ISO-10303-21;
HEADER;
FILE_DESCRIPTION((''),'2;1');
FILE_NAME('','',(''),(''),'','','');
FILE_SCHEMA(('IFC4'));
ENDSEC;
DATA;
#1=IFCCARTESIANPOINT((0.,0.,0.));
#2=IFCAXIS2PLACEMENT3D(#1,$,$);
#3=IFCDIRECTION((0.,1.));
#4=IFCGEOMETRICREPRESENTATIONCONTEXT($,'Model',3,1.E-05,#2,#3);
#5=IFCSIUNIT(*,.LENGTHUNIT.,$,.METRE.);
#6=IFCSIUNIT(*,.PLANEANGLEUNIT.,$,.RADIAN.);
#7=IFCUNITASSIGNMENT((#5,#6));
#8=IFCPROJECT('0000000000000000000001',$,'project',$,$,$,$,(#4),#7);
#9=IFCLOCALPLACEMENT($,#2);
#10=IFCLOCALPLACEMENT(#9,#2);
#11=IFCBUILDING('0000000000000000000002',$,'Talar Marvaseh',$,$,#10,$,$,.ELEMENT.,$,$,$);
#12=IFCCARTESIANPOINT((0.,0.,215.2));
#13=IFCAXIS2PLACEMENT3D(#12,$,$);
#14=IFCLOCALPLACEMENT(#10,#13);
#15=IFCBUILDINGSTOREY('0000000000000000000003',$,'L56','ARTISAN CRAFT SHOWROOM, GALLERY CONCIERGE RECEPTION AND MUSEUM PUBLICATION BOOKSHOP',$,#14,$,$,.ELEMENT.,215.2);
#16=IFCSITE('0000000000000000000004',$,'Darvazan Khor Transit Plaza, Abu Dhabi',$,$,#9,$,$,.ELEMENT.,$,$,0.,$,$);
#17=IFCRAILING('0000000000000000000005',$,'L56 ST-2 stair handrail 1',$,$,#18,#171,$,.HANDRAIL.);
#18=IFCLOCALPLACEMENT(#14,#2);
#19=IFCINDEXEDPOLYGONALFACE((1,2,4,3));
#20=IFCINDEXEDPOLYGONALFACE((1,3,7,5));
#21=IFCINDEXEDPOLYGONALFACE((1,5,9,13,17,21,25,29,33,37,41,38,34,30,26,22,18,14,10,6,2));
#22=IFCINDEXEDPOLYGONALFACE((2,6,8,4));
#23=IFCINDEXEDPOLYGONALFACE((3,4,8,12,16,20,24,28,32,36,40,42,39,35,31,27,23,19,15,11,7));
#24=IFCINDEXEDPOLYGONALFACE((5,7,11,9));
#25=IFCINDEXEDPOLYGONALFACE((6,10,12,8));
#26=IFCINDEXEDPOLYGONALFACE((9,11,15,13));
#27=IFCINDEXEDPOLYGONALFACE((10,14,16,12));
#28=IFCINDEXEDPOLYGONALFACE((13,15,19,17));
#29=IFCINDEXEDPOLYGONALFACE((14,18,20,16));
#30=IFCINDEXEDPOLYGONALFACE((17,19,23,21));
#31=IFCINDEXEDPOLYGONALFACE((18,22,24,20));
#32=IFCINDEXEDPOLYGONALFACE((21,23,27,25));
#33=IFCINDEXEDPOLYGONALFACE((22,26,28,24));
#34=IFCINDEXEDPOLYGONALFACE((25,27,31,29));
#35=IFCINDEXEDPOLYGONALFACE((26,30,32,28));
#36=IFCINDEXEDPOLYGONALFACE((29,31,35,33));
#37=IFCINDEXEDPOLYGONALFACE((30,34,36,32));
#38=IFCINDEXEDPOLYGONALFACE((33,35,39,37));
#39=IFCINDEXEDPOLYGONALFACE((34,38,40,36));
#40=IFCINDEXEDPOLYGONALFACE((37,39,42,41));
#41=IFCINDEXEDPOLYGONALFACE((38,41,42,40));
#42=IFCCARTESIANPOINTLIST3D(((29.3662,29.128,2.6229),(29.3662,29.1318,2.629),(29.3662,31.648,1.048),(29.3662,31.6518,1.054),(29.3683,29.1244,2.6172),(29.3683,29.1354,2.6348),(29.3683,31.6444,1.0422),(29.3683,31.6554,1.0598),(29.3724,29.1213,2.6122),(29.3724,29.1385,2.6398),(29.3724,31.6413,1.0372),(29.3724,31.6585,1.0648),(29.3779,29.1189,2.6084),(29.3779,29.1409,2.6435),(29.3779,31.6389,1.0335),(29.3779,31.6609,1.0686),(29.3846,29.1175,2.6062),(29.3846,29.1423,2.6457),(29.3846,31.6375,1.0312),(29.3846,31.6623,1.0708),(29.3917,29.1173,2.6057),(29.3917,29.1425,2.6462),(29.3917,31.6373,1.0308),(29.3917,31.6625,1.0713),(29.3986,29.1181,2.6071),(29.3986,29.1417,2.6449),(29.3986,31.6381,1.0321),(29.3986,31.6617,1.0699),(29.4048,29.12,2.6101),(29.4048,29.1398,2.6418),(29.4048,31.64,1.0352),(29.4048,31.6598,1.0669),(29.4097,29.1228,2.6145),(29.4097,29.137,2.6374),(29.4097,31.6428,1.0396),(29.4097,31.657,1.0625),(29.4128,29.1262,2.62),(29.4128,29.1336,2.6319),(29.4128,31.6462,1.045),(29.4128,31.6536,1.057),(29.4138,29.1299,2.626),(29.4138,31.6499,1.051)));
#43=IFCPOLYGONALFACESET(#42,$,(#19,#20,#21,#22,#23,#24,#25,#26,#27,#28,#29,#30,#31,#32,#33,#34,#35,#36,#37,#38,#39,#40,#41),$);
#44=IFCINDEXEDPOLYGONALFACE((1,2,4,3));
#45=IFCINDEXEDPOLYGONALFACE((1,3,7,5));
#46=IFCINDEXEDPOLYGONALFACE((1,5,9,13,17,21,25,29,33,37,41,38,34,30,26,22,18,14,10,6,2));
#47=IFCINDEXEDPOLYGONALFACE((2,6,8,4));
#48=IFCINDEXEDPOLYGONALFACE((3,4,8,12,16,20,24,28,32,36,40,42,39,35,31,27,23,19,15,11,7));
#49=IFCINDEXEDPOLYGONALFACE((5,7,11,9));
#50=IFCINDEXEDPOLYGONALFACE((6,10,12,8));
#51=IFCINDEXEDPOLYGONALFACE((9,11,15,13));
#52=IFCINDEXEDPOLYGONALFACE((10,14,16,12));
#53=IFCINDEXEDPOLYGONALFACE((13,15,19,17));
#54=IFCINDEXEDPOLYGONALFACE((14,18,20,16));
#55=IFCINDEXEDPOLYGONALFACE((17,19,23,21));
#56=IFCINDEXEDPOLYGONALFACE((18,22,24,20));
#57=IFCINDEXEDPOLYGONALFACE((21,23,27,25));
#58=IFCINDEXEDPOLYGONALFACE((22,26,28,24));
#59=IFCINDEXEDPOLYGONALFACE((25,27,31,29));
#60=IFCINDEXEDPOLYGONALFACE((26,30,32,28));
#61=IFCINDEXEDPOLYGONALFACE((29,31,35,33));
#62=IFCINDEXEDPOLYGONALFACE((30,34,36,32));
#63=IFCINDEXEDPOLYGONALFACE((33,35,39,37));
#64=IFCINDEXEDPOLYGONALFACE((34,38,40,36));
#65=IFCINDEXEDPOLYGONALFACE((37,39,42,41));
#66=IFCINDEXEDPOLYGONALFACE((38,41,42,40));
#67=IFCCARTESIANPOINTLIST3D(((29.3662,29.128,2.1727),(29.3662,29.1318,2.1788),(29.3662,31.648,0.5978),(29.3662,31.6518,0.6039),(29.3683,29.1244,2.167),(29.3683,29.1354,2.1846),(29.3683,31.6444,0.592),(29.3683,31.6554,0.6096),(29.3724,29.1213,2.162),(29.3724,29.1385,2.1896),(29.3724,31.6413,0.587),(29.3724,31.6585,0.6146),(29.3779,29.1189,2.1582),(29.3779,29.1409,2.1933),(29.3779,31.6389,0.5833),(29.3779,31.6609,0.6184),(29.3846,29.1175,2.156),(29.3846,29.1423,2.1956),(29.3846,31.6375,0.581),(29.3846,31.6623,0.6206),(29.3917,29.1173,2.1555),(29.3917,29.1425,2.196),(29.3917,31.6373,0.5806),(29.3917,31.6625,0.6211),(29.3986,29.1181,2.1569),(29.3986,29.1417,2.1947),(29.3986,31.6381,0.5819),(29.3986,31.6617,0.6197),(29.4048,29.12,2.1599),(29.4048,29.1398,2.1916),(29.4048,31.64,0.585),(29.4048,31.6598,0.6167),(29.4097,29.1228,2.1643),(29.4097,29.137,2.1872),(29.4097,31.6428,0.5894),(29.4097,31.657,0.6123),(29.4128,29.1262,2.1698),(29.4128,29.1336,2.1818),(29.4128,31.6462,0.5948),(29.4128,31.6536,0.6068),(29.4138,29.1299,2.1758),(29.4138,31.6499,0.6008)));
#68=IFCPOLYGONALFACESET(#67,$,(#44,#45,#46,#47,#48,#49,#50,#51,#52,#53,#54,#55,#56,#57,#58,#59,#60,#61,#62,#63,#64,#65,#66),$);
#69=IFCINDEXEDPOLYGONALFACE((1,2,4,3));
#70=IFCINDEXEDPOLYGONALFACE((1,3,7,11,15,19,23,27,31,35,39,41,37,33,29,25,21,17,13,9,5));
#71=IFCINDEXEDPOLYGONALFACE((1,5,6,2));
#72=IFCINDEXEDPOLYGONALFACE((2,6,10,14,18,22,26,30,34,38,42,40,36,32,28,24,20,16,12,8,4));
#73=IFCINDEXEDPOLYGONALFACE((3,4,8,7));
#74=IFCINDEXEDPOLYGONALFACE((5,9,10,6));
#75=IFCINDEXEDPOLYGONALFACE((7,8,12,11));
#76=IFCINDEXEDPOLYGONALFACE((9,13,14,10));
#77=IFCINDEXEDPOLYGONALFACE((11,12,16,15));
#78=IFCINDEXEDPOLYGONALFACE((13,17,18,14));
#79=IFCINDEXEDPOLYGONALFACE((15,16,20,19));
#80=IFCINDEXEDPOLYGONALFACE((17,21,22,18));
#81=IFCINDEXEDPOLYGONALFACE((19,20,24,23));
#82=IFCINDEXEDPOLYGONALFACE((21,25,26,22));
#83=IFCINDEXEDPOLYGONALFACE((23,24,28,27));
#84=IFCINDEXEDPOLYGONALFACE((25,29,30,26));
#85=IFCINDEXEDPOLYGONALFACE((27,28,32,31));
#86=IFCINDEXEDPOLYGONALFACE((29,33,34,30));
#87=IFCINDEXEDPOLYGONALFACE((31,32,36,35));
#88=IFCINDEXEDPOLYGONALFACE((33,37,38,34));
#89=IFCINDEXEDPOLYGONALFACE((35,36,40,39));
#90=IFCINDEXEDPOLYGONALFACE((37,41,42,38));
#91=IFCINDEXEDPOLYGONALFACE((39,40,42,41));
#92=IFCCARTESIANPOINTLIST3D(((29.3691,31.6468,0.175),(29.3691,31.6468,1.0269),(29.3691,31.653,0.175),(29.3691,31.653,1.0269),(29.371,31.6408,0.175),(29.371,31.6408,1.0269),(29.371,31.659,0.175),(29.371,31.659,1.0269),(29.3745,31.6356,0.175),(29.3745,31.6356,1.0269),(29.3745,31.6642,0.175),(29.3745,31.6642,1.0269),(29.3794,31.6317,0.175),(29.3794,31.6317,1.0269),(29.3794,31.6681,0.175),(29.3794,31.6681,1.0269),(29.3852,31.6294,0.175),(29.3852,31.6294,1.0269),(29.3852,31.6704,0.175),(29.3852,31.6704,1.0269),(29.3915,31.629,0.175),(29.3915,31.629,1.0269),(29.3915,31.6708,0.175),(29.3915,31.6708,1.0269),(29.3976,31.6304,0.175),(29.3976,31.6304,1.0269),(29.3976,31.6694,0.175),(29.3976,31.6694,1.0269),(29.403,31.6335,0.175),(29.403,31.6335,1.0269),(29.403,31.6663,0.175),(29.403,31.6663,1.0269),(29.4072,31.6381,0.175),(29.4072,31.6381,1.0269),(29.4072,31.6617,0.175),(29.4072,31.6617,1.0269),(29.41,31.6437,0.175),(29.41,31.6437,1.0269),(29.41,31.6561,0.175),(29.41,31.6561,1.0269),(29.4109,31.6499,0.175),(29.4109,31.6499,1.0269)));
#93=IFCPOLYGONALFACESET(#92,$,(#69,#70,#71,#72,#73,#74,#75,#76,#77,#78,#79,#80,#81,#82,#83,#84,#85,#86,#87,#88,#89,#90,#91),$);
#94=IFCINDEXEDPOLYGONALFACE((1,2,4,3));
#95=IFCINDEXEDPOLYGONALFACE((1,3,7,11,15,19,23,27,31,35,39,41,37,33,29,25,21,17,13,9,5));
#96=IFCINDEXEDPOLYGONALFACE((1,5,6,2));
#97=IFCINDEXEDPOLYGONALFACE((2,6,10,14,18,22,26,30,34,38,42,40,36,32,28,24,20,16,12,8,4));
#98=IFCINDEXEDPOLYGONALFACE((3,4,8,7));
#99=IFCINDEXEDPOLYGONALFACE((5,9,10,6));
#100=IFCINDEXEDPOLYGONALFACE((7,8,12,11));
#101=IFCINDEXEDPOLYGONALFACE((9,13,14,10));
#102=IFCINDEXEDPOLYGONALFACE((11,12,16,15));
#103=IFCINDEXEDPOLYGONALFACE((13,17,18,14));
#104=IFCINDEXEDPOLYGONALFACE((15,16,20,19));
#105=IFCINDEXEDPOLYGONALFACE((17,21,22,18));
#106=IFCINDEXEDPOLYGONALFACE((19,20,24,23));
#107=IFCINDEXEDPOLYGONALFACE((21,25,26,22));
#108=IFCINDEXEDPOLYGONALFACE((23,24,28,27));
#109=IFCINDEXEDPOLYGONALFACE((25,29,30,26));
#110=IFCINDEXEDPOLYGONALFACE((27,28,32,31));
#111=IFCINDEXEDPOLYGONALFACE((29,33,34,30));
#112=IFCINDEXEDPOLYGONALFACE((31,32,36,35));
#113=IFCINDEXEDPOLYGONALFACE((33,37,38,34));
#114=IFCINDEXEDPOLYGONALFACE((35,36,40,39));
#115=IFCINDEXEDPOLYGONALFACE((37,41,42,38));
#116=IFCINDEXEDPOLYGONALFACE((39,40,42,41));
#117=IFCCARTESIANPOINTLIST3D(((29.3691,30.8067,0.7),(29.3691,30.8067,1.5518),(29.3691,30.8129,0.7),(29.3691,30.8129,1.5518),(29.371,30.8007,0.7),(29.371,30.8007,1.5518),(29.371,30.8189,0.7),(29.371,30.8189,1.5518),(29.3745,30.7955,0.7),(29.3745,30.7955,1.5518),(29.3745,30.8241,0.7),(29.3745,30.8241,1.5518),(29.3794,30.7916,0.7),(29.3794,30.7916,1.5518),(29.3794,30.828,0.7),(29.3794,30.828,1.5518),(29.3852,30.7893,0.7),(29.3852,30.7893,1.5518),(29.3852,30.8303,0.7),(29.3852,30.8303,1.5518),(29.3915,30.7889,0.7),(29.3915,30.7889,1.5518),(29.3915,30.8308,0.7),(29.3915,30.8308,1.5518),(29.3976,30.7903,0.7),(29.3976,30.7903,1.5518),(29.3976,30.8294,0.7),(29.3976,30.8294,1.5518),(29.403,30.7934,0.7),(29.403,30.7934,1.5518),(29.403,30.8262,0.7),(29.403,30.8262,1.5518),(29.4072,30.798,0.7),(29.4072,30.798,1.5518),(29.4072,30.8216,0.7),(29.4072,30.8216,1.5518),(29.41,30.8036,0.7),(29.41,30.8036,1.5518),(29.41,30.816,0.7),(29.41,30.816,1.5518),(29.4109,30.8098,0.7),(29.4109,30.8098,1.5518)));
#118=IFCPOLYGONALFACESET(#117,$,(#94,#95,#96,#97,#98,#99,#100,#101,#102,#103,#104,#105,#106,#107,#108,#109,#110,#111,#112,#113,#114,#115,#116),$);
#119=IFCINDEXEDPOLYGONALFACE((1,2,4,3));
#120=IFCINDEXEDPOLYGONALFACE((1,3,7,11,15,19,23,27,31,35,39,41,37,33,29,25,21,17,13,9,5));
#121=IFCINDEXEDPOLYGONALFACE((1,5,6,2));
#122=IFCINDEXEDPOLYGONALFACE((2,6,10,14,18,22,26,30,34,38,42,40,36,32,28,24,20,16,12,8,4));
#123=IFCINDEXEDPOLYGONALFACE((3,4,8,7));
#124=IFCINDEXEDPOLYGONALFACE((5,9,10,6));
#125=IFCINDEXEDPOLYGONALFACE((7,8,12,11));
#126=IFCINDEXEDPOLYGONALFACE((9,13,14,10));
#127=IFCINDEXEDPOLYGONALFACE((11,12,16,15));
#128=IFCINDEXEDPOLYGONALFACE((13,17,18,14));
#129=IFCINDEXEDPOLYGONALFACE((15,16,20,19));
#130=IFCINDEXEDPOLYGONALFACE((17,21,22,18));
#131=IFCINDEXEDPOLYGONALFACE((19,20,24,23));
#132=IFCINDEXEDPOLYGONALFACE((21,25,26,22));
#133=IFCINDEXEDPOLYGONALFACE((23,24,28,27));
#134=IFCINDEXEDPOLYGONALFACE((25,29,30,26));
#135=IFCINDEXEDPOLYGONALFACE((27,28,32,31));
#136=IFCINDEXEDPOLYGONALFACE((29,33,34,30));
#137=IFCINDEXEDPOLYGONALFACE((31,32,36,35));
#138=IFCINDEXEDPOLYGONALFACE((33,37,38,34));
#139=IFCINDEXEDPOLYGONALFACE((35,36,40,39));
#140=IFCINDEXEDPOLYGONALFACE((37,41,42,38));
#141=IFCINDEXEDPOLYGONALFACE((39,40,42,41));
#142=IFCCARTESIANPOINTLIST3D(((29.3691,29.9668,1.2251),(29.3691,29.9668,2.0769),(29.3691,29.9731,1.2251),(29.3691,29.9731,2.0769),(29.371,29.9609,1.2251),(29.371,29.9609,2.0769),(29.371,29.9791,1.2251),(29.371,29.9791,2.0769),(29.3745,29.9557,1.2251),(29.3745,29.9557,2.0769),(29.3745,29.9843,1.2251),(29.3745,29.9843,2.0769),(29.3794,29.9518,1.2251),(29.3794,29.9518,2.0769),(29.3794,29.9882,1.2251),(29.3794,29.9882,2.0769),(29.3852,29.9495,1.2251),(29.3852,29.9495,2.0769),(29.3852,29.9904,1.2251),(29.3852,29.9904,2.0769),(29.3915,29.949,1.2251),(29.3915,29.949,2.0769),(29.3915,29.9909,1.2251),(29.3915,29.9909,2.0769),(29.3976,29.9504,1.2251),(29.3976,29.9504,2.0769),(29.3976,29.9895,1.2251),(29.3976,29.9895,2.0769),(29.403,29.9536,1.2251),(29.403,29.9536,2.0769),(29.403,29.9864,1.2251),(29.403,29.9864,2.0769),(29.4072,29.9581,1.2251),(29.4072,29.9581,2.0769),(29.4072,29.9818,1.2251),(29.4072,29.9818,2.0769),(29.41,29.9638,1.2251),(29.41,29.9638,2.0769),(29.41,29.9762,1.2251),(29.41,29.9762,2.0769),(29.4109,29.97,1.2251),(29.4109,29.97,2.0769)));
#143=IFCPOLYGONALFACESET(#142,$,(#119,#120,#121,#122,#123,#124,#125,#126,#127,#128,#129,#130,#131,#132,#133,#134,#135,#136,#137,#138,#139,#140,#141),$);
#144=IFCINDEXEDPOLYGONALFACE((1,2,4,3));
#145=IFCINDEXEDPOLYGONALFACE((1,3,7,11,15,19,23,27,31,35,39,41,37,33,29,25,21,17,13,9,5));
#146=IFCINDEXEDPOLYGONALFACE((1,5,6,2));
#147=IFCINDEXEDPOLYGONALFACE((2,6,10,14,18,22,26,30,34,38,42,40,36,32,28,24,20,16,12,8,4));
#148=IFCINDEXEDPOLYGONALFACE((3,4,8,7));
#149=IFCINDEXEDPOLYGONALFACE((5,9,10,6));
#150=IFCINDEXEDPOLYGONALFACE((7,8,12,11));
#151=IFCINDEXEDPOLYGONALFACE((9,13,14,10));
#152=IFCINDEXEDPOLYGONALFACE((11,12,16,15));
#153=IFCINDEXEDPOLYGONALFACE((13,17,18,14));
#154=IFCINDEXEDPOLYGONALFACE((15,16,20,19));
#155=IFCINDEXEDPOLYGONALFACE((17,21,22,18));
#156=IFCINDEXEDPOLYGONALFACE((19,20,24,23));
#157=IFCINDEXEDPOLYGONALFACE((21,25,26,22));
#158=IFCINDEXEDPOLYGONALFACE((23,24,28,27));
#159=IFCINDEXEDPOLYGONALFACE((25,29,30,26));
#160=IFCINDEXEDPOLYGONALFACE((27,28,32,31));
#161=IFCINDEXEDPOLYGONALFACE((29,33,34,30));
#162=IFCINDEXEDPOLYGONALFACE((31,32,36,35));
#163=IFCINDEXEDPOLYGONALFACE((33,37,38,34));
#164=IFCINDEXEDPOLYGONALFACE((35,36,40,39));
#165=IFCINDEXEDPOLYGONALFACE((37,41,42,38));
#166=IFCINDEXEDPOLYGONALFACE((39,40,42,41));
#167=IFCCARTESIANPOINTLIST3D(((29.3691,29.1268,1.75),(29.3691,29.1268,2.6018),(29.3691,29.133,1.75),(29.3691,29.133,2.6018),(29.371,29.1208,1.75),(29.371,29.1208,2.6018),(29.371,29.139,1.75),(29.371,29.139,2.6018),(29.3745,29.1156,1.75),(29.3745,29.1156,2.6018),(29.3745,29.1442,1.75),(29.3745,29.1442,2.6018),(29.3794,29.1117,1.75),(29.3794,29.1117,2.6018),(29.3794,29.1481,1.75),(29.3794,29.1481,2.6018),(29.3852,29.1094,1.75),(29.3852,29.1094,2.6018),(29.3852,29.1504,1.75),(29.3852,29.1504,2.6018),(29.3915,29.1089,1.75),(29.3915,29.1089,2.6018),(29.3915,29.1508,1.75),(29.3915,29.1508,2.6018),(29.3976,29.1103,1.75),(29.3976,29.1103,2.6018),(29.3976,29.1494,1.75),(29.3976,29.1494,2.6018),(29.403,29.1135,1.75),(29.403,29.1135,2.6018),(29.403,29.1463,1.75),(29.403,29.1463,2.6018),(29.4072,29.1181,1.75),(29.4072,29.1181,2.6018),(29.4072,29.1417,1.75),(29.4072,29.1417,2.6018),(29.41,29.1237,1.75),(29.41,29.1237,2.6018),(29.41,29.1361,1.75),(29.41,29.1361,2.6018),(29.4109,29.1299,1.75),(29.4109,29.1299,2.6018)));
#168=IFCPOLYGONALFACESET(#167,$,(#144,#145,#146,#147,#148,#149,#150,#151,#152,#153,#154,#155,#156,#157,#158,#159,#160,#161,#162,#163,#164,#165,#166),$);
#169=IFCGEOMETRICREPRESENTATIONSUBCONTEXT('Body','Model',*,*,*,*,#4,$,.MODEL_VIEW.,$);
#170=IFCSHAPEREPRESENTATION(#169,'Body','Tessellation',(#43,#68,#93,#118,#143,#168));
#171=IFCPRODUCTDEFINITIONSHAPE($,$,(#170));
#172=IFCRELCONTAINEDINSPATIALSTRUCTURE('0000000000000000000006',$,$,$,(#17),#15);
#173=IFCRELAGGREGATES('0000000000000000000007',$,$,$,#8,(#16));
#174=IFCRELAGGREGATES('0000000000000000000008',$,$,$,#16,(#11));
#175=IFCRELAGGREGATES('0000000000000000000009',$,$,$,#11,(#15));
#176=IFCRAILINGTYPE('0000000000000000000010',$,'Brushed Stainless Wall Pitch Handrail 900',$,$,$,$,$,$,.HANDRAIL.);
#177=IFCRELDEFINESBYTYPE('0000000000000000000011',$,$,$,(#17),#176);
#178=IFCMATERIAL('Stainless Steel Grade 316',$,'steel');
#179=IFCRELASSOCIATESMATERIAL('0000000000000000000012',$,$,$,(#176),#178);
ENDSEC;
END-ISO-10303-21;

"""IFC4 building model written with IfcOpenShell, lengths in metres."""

from ifc_helpers import new_model, si_unit, direction, frame, origin, origin_2d, place, context, subcontext, project, spatial, circle, extrude, material, type_object, element, save


model = new_model("IFC4")

# Units and contexts
model_context = context("Model", 3, precision=1e-05, world=origin(), true_north=direction((0.0, 1.0)))
body_context = subcontext(model_context, "Body", "Model", "MODEL_VIEW")
ifc_project = project(units=[si_unit("LENGTHUNIT", "METRE"), si_unit("PLANEANGLEUNIT", "RADIAN")], contexts=[model_context])

# Site, building, storey
site_placement = place(None, origin())
site = spatial("IfcSite", under=ifc_project, at=site_placement, Name="Darvazan Khor Transit Plaza, Abu Dhabi", CompositionType="ELEMENT", RefElevation=0.0)
building_placement = place(site_placement, origin())
building = spatial("IfcBuilding", under=site, at=building_placement, Name="Talar Marvaseh", CompositionType="ELEMENT")
storey_placement = place(building_placement, frame((0.0, 0.0, 215.2)))
storey = spatial("IfcBuildingStorey", under=building, at=storey_placement, Name="L56", Description="ARTISAN CRAFT SHOWROOM, GALLERY CONCIERGE RECEPTION AND MUSEUM PUBLICATION BOOKSHOP", CompositionType="ELEMENT", Elevation=215.2)

# Shared definitions
ifc_material_1 = material(Name="Stainless Steel Grade 316", Category="steel")

# Railing
railing_type_1 = type_object("IfcRailingType", Name="Brushed Stainless Wall Pitch Handrail 900", PredefinedType="HANDRAIL", material=ifc_material_1)
railing_1_placement = place(storey_placement, frame((29.3899, 31.6499, 0.175)))
element("IfcRailing", 1, at=railing_1_placement, inside=storey, type_object=railing_type_1, Name="L56 ST-2 stair handrail 1", PredefinedType="HANDRAIL", context=body_context, shape_type="SweptSolid", body=[
    extrude(circle(Radius=0.0239, at=origin_2d()), frame((0.0, 0.0, 0.876), z_axis=(0.0, -0.848008, 0.529984), x_axis=(1.0, 0.0, 0.0)), (0.0, 0.0, 1.0), 2.9717),
    extrude(circle(Radius=0.0239, at=origin_2d()), frame((0.0, 0.0, 0.4258), z_axis=(0.0, -0.848008, 0.529984), x_axis=(1.0, 0.0, 0.0)), (0.0, 0.0, 1.0), 2.9717),
    extrude(circle(Radius=0.021, at=origin_2d()), origin(), (0.0, 0.0, 1.0), 0.8518),
    extrude(circle(Radius=0.021, at=origin_2d()), frame((0.0, -0.8401, 0.5249)), (0.0, 0.0, 1.0), 0.8518),
    extrude(circle(Radius=0.021, at=origin_2d()), frame((0.0, -1.6799, 1.05)), (0.0, 0.0, 1.0), 0.8518),
    extrude(circle(Radius=0.021, at=origin_2d()), frame((0.0, -2.52, 1.575)), (0.0, 0.0, 1.0), 0.8518),
])

save(model, "model.ifc")
